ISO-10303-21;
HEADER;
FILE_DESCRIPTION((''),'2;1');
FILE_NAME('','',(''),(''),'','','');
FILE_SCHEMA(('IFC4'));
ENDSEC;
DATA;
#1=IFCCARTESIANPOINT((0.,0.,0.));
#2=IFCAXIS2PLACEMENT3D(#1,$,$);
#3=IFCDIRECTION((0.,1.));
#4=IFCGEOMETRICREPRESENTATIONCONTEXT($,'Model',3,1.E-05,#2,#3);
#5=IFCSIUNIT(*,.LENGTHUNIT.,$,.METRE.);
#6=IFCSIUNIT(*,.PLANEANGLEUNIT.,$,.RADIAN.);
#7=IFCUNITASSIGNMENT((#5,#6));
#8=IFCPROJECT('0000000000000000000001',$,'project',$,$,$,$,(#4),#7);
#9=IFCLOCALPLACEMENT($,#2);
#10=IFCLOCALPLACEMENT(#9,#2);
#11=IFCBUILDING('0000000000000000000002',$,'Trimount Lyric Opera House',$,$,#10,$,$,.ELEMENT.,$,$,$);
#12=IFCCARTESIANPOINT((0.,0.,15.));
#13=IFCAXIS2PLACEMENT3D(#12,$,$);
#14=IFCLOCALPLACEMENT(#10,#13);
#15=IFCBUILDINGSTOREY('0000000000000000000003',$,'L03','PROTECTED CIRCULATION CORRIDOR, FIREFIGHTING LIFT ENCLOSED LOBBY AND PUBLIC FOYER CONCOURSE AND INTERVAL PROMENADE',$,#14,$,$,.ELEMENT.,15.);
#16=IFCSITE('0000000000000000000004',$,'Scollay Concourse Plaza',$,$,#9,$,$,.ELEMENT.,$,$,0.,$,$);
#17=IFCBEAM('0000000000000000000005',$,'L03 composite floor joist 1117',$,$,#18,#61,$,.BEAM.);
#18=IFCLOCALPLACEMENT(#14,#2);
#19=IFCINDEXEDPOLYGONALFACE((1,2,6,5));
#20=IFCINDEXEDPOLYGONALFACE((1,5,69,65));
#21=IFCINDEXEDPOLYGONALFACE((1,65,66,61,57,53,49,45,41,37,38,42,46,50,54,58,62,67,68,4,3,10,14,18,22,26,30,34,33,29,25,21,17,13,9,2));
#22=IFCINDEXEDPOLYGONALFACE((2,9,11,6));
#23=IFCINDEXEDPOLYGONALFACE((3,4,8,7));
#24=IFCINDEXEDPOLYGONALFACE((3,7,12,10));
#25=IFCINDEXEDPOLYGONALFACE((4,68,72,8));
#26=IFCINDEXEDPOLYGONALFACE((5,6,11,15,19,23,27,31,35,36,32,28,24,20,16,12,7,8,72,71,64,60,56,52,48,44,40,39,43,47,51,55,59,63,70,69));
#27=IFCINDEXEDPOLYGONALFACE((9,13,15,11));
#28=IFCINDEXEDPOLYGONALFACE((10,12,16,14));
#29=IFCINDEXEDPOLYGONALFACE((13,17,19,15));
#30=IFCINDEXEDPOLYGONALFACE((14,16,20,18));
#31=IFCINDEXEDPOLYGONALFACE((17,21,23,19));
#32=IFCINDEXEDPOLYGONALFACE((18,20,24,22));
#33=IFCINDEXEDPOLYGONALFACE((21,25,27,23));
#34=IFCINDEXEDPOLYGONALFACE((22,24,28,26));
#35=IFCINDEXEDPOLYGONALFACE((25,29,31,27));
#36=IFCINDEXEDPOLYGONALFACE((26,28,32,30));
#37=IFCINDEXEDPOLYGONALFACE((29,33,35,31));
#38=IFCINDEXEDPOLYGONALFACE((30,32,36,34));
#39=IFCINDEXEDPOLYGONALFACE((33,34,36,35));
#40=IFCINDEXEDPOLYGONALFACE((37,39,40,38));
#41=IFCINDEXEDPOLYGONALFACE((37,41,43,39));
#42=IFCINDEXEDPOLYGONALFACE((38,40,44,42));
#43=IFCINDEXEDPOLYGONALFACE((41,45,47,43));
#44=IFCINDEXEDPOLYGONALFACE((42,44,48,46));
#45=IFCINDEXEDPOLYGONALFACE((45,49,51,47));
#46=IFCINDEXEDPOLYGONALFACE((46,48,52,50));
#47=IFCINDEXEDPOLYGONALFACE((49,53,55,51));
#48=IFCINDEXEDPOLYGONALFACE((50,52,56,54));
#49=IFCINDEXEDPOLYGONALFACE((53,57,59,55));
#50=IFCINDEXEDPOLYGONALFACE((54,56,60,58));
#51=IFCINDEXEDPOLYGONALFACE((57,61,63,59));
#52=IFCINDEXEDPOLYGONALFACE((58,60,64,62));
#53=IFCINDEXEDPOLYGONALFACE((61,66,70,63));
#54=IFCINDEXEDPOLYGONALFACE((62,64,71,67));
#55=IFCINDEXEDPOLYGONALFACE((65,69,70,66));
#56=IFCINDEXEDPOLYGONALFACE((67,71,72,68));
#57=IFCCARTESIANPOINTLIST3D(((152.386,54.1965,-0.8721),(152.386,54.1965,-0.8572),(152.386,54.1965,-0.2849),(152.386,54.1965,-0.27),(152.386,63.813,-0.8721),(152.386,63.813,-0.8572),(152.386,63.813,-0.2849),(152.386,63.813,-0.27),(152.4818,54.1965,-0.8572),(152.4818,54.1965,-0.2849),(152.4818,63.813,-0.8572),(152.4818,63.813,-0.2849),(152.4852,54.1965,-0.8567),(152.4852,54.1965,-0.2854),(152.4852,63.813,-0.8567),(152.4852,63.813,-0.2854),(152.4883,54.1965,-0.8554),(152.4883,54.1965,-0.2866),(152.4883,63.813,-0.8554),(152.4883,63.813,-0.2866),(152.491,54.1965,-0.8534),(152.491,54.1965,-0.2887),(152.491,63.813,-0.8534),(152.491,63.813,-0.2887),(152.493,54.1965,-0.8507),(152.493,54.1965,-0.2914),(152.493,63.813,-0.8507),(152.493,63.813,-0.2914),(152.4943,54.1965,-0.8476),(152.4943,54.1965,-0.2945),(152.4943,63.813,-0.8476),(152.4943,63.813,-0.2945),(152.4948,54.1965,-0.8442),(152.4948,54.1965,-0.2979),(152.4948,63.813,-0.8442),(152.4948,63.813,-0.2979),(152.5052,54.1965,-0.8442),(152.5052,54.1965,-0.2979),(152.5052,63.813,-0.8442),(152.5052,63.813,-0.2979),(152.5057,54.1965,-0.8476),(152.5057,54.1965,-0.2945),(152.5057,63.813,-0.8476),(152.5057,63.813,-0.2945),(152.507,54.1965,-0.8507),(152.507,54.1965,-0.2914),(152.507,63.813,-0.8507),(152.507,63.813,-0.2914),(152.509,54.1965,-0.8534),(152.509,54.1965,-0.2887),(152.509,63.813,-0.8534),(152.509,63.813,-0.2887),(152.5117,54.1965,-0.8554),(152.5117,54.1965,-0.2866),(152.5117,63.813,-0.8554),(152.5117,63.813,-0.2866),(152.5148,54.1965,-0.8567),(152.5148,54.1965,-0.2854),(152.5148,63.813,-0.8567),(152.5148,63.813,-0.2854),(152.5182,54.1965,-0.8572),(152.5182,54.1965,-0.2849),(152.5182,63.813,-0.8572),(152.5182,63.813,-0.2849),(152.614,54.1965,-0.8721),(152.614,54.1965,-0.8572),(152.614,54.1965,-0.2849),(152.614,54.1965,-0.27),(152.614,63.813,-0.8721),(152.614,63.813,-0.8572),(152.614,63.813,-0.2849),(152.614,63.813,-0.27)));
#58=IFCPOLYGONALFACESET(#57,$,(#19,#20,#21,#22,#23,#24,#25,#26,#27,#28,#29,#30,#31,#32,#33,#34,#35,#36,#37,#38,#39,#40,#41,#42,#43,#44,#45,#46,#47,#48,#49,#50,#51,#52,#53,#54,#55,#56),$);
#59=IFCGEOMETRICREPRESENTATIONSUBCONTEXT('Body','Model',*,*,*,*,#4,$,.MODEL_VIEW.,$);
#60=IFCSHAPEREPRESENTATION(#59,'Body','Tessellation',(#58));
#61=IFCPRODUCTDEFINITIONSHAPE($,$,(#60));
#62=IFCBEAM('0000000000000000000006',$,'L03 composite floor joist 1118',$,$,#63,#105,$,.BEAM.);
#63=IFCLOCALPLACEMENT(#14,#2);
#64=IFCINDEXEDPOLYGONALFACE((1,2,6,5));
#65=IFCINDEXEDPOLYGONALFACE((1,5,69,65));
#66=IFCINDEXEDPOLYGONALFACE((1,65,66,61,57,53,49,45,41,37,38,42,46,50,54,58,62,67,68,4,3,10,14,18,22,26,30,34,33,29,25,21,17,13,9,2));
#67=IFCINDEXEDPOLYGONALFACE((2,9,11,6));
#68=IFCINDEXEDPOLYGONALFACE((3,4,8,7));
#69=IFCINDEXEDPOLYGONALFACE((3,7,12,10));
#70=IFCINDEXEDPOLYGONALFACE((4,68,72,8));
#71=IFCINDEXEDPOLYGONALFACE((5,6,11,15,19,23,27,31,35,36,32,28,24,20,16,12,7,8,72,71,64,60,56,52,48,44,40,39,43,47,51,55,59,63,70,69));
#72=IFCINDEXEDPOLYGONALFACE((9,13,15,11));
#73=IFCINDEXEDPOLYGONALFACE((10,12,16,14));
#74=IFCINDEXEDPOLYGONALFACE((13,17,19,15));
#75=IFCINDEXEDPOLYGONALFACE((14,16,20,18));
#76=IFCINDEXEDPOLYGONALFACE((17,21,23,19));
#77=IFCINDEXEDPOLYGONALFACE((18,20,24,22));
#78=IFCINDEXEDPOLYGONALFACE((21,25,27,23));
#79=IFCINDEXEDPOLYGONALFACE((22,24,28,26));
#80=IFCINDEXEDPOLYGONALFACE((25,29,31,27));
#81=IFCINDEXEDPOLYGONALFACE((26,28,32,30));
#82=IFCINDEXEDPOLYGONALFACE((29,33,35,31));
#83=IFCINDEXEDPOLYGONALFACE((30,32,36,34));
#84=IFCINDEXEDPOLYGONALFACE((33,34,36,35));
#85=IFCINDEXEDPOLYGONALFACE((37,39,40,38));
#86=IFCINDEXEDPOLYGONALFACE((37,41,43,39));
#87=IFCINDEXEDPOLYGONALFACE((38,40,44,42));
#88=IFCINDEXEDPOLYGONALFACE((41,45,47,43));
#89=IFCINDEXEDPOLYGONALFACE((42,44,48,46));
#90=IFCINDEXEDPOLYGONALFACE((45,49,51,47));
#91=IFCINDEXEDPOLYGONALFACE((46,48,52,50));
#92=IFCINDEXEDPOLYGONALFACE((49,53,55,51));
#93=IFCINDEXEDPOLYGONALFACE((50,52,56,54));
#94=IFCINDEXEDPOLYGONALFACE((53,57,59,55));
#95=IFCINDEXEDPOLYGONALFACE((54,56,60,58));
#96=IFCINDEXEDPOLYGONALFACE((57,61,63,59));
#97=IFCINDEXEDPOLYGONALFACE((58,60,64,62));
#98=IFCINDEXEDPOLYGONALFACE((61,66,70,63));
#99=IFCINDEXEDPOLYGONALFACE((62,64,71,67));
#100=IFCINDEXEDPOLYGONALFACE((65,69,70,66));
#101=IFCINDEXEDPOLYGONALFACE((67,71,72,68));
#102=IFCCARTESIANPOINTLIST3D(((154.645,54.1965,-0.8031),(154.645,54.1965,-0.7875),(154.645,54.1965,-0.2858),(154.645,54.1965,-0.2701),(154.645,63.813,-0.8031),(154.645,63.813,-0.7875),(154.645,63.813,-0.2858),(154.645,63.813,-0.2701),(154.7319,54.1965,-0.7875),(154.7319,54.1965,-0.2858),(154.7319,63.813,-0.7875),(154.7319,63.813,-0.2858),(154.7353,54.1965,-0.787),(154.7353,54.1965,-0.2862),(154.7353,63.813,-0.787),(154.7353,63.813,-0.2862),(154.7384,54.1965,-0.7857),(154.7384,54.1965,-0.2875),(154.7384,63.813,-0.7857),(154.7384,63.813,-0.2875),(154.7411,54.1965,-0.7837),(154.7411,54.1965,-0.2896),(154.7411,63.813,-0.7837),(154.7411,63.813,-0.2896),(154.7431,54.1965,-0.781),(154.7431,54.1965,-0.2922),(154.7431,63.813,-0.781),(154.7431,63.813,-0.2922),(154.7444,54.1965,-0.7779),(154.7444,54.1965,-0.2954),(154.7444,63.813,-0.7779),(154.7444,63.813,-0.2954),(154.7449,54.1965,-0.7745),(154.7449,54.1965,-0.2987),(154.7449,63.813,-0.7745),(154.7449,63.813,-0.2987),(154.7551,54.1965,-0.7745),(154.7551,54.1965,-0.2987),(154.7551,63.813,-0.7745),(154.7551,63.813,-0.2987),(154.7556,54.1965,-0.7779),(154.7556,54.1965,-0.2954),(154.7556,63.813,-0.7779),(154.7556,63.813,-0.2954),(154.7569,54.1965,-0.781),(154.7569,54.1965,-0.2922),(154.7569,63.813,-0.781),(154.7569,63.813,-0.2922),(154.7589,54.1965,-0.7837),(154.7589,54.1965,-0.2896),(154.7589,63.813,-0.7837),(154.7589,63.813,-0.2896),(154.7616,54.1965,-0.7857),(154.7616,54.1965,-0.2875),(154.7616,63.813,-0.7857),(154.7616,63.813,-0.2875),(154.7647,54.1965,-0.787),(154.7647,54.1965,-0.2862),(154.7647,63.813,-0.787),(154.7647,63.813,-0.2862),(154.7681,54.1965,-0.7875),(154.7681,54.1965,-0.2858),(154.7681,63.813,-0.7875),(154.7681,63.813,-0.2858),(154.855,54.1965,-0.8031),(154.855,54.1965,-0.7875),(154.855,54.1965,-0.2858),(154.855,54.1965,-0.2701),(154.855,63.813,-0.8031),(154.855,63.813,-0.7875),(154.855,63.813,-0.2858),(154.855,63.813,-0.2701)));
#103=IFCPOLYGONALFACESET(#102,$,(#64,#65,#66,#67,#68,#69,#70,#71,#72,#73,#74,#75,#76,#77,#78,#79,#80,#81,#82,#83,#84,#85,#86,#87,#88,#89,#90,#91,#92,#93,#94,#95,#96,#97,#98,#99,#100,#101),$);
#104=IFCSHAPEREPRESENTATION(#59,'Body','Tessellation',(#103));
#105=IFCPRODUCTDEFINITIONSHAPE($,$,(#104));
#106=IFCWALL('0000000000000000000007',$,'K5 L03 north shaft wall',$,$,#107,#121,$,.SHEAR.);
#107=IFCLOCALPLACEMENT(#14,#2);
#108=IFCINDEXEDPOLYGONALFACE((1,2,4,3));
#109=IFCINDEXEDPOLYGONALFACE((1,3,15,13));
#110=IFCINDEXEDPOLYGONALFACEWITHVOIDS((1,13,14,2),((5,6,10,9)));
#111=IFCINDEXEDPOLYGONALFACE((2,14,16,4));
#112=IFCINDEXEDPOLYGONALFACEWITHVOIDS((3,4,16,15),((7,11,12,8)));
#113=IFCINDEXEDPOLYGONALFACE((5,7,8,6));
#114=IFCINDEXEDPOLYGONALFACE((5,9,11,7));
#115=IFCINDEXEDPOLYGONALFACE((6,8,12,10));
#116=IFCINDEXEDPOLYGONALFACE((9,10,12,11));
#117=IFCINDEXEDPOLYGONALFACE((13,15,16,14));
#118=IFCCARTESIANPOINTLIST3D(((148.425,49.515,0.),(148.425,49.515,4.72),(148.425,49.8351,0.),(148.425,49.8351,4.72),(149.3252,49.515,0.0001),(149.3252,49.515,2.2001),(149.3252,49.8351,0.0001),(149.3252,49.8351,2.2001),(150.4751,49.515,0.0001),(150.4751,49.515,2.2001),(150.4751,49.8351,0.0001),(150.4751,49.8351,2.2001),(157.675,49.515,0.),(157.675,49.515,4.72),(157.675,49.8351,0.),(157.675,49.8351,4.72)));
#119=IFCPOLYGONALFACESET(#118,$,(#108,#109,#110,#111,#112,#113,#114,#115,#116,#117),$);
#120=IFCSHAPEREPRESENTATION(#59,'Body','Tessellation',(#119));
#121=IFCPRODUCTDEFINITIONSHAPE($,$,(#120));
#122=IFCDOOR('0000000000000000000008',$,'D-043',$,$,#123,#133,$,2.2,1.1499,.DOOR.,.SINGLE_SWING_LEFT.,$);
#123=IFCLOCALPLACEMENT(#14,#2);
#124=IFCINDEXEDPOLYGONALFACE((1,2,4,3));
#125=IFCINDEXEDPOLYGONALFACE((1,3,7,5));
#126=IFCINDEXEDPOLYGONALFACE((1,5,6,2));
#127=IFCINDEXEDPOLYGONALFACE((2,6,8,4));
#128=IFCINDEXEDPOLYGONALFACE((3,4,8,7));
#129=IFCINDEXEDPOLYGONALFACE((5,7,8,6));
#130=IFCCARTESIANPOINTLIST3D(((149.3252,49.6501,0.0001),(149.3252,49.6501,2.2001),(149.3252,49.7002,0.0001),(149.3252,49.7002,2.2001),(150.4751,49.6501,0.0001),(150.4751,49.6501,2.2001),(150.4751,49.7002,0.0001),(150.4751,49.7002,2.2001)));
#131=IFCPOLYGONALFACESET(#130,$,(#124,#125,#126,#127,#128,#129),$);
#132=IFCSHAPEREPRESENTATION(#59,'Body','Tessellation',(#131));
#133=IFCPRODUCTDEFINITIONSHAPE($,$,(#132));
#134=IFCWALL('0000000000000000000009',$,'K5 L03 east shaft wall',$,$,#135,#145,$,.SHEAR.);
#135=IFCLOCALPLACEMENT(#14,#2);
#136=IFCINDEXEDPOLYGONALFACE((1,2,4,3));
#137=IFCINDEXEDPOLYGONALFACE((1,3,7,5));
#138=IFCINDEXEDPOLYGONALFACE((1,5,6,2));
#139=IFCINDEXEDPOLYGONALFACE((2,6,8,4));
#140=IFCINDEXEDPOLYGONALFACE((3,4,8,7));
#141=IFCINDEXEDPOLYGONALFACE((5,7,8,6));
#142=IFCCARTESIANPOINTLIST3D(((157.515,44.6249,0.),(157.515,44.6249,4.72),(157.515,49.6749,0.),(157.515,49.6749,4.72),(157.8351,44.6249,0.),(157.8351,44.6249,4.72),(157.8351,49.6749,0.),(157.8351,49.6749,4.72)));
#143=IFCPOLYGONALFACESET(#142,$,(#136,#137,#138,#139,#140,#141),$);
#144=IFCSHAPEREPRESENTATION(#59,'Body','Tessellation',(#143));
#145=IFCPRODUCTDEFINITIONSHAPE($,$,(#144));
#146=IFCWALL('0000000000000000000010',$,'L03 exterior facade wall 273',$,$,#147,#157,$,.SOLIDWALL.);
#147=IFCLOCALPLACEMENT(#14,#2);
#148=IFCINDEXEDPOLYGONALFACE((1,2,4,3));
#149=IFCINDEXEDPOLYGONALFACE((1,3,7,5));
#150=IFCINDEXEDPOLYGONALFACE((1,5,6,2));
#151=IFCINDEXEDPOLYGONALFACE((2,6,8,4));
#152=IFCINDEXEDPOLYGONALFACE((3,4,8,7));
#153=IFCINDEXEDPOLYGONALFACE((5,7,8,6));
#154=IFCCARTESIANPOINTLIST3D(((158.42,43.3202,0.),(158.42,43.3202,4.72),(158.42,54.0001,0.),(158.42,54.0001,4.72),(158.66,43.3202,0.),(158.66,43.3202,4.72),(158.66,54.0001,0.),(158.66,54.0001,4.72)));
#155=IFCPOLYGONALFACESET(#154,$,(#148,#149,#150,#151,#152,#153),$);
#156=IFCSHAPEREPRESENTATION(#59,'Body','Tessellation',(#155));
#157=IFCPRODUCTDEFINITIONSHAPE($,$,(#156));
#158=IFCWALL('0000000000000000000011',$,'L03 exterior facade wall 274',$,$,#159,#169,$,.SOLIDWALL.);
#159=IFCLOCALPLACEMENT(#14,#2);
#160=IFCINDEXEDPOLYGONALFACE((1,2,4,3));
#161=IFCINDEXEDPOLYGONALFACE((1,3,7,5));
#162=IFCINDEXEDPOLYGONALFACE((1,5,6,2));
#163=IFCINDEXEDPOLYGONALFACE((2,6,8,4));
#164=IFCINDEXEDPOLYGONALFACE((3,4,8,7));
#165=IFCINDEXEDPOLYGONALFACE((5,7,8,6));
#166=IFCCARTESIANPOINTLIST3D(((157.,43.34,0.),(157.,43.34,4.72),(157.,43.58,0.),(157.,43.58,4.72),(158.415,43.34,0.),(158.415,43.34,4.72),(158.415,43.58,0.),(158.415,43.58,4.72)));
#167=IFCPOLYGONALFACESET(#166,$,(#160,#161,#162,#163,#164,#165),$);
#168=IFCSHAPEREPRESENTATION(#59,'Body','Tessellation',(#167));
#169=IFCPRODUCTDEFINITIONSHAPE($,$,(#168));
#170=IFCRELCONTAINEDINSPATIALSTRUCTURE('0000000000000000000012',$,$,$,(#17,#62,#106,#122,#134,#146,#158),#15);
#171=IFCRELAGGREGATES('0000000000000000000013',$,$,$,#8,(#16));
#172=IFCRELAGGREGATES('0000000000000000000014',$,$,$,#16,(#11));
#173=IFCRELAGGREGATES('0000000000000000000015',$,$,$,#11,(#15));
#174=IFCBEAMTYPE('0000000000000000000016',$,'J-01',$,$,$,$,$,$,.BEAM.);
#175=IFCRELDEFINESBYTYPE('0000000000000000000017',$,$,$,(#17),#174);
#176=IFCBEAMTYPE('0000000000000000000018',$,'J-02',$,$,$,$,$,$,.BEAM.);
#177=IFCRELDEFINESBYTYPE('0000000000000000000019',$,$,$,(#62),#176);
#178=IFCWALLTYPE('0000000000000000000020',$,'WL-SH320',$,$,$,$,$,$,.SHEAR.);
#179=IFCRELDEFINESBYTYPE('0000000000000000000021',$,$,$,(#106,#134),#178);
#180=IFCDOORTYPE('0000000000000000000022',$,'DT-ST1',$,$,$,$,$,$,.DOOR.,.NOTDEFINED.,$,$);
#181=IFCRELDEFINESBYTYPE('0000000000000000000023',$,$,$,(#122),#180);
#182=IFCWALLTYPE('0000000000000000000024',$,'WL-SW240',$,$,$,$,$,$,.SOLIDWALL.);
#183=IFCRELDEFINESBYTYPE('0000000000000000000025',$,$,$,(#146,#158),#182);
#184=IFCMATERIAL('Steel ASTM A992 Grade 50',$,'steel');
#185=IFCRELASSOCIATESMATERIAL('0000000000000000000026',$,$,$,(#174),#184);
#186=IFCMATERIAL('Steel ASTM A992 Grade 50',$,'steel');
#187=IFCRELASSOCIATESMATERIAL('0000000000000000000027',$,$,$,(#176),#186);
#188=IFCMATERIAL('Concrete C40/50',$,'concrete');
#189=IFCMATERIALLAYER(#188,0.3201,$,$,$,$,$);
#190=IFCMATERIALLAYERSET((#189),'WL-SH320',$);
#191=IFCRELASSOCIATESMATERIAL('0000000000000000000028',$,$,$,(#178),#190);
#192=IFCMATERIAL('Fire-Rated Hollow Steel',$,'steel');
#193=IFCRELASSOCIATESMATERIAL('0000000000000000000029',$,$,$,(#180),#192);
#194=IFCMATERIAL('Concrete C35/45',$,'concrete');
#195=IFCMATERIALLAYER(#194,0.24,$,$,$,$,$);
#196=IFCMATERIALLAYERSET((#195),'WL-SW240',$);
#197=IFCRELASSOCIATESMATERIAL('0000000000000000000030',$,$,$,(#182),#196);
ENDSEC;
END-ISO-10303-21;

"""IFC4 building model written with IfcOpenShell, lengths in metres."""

from ifc_helpers import new_model, si_unit, direction, frame, frame_2d, origin, origin_2d, place, context, subcontext, project, spatial, rectangle, i_section, extrude, material, layer, layer_set, material_profile, profile_set, type_object, element, fill, save


model = new_model("IFC4")

# Units and contexts
model_context = context("Model", 3, precision=1e-05, world=origin(), true_north=direction((0.0, 1.0)))
body_context = subcontext(model_context, "Body", "Model", "MODEL_VIEW")
ifc_project = project(units=[si_unit("LENGTHUNIT", "METRE"), si_unit("PLANEANGLEUNIT", "RADIAN")], contexts=[model_context])

# Site, building, storey
site_placement = place(None, origin())
site = spatial("IfcSite", under=ifc_project, at=site_placement, Name="Scollay Concourse Plaza", CompositionType="ELEMENT", RefElevation=0.0)
building_placement = place(site_placement, origin())
building = spatial("IfcBuilding", under=site, at=building_placement, Name="Trimount Lyric Opera House", CompositionType="ELEMENT")
storey_placement = place(building_placement, frame((0.0, 0.0, 15.0)))
storey = spatial("IfcBuildingStorey", under=building, at=storey_placement, Name="L03", Description="PROTECTED CIRCULATION CORRIDOR, FIREFIGHTING LIFT ENCLOSED LOBBY AND PUBLIC FOYER CONCOURSE AND INTERVAL PROMENADE", CompositionType="ELEMENT", Elevation=15.0)

# Beams
ifc_material_1 = material(Name="Steel ASTM A992 Grade 50", Category="steel")
ifc_material_profile_1 = material_profile(ifc_material_1, i_section(OverallWidth=0.228, OverallDepth=0.6021, WebThickness=0.0105, FlangeThickness=0.0149, FilletRadius=0.0129, at=origin_2d()), Name="W24X68")
ifc_profile_set_1 = profile_set([ifc_material_profile_1], Name="Steel ASTM A992 Grade 50")
beam_type_1 = type_object("IfcBeamType", Name="J-01", PredefinedType="BEAM", material=ifc_profile_set_1)
beam_1_placement = place(storey_placement, frame((152.5, 54.1965, -0.571), z_axis=(0.0, 1.0, 0.0), x_axis=(-1.0, 0.0, 0.0)))
element("IfcBeam", 1, at=beam_1_placement, inside=storey, type_object=beam_type_1, Name="L03 composite floor joist 1117", PredefinedType="BEAM", context=body_context, shape_type="SweptSolid", body=[
    extrude(i_section(OverallWidth=0.228, OverallDepth=0.6021, WebThickness=0.0105, FlangeThickness=0.0149, FilletRadius=0.0129, at=origin_2d()), origin(), (0.0, 0.0, 1.0), 9.6165),
])
ifc_material_2 = material(Name="Steel ASTM A992 Grade 50", Category="steel")
ifc_material_profile_2 = material_profile(ifc_material_2, i_section(OverallWidth=0.21, OverallDepth=0.533, WebThickness=0.0103, FlangeThickness=0.0156, FilletRadius=0.0129, at=origin_2d()), Name="W21X62")
ifc_profile_set_2 = profile_set([ifc_material_profile_2], Name="Steel ASTM A992 Grade 50")
beam_type_2 = type_object("IfcBeamType", Name="J-02", PredefinedType="BEAM", material=ifc_profile_set_2)
beam_2_placement = place(storey_placement, frame((154.75, 54.1965, -0.5366), z_axis=(0.0, 1.0, 0.0), x_axis=(-1.0, 0.0, 0.0)))
element("IfcBeam", 2, at=beam_2_placement, inside=storey, type_object=beam_type_2, Name="L03 composite floor joist 1118", PredefinedType="BEAM", context=body_context, shape_type="SweptSolid", body=[
    extrude(i_section(OverallWidth=0.21, OverallDepth=0.533, WebThickness=0.0103, FlangeThickness=0.0156, FilletRadius=0.0129, at=origin_2d()), origin(), (0.0, 0.0, 1.0), 9.6165),
])

# Wall, opening, door
ifc_material_3 = material(Name="Concrete C40/50", Category="concrete")
ifc_layer_1 = layer(ifc_material_3, 0.3201)
ifc_layer_set_1 = layer_set([ifc_layer_1], Name="WL-SH320")
wall_type_1 = type_object("IfcWallType", Name="WL-SH320", PredefinedType="SHEAR", material=ifc_layer_set_1)
wall_1_placement = place(storey_placement, frame((157.675, 49.675, 0.0), z_axis=(0.0, 0.0, 1.0), x_axis=(-1.0, 0.0, 0.0)))
wall_1 = element("IfcWall", 3, at=wall_1_placement, inside=storey, type_object=wall_type_1, Name="K5 L03 north shaft wall", PredefinedType="SHEAR", context=body_context, shape_type="SweptSolid", body=[
    extrude(rectangle(XDim=9.25, YDim=0.3201, at=frame_2d((4.625, 0.0))), origin(), (0.0, 0.0, 1.0), 4.72),
])
opening_1_placement = place(wall_1_placement, frame((7.2, 0.0, 0.0)))
opening_1 = element("IfcOpeningElement", 4, at=opening_1_placement, cuts=wall_1, PredefinedType="OPENING", context=body_context, shape_type="SweptSolid", body=[
    extrude(rectangle(XDim=1.1499, YDim=2.2, at=frame_2d((0.575, 1.1001))), frame((0.0, 0.1699, 0.0), z_axis=(0.0, -1.0, 0.0), x_axis=(1.0, 0.0, 0.0)), (0.0, 0.0, 1.0), 0.3401),
])
ifc_material_4 = material(Name="Fire-Rated Hollow Steel", Category="steel")
door_type = type_object("IfcDoorType", Name="DT-ST1", OperationType="NOTDEFINED", PredefinedType="DOOR", material=ifc_material_4)
door_placement = place(opening_1_placement, origin())
door = element("IfcDoor", 5, at=door_placement, inside=storey, type_object=door_type, Name="D-043", OperationType="SINGLE_SWING_LEFT", OverallHeight=2.2, OverallWidth=1.1499, PredefinedType="DOOR", context=body_context, shape_type="SweptSolid", body=[
    extrude(rectangle(XDim=1.1499, YDim=2.2, at=frame_2d((0.575, 1.1001))), frame((0.0, 0.0249, 0.0), z_axis=(0.0, -1.0, 0.0), x_axis=(1.0, 0.0, 0.0)), (0.0, 0.0, 1.0), 0.05),
])
fill(opening_1, door)

# Walls
wall_2_placement = place(storey_placement, frame((157.675, 44.625, 0.0), z_axis=(0.0, 0.0, 1.0), x_axis=(0.0, 1.0, 0.0)))
element("IfcWall", 6, at=wall_2_placement, inside=storey, type_object=wall_type_1, Name="K5 L03 east shaft wall", PredefinedType="SHEAR", context=body_context, shape_type="SweptSolid", body=[
    extrude(rectangle(XDim=5.05, YDim=0.3201, at=frame_2d((2.5249, 0.0))), origin(), (0.0, 0.0, 1.0), 4.72),
])
ifc_material_5 = material(Name="Concrete C35/45", Category="concrete")
ifc_layer_2 = layer(ifc_material_5, 0.24)
ifc_layer_set_2 = layer_set([ifc_layer_2], Name="WL-SW240")
wall_type_2 = type_object("IfcWallType", Name="WL-SW240", PredefinedType="SOLIDWALL", material=ifc_layer_set_2)
wall_3_placement = place(storey_placement, frame((158.54, 54.0, 0.0), z_axis=(0.0, 0.0, 1.0), x_axis=(0.0, -1.0, 0.0)))
element("IfcWall", 7, at=wall_3_placement, inside=storey, type_object=wall_type_2, Name="L03 exterior facade wall 273", PredefinedType="SOLIDWALL", context=body_context, shape_type="SweptSolid", body=[
    extrude(rectangle(XDim=10.6799, YDim=0.24, at=frame_2d((5.3398, 0.0))), origin(), (0.0, 0.0, 1.0), 4.72),
])
wall_4_placement = place(storey_placement, frame((158.415, 43.46, 0.0), z_axis=(0.0, 0.0, 1.0), x_axis=(-1.0, 0.0, 0.0)))
element("IfcWall", 8, at=wall_4_placement, inside=storey, type_object=wall_type_2, Name="L03 exterior facade wall 274", PredefinedType="SOLIDWALL", context=body_context, shape_type="SweptSolid", body=[
    extrude(rectangle(XDim=1.415, YDim=0.24, at=frame_2d((0.7075, 0.0))), origin(), (0.0, 0.0, 1.0), 4.72),
])

save(model, "model.ifc")
